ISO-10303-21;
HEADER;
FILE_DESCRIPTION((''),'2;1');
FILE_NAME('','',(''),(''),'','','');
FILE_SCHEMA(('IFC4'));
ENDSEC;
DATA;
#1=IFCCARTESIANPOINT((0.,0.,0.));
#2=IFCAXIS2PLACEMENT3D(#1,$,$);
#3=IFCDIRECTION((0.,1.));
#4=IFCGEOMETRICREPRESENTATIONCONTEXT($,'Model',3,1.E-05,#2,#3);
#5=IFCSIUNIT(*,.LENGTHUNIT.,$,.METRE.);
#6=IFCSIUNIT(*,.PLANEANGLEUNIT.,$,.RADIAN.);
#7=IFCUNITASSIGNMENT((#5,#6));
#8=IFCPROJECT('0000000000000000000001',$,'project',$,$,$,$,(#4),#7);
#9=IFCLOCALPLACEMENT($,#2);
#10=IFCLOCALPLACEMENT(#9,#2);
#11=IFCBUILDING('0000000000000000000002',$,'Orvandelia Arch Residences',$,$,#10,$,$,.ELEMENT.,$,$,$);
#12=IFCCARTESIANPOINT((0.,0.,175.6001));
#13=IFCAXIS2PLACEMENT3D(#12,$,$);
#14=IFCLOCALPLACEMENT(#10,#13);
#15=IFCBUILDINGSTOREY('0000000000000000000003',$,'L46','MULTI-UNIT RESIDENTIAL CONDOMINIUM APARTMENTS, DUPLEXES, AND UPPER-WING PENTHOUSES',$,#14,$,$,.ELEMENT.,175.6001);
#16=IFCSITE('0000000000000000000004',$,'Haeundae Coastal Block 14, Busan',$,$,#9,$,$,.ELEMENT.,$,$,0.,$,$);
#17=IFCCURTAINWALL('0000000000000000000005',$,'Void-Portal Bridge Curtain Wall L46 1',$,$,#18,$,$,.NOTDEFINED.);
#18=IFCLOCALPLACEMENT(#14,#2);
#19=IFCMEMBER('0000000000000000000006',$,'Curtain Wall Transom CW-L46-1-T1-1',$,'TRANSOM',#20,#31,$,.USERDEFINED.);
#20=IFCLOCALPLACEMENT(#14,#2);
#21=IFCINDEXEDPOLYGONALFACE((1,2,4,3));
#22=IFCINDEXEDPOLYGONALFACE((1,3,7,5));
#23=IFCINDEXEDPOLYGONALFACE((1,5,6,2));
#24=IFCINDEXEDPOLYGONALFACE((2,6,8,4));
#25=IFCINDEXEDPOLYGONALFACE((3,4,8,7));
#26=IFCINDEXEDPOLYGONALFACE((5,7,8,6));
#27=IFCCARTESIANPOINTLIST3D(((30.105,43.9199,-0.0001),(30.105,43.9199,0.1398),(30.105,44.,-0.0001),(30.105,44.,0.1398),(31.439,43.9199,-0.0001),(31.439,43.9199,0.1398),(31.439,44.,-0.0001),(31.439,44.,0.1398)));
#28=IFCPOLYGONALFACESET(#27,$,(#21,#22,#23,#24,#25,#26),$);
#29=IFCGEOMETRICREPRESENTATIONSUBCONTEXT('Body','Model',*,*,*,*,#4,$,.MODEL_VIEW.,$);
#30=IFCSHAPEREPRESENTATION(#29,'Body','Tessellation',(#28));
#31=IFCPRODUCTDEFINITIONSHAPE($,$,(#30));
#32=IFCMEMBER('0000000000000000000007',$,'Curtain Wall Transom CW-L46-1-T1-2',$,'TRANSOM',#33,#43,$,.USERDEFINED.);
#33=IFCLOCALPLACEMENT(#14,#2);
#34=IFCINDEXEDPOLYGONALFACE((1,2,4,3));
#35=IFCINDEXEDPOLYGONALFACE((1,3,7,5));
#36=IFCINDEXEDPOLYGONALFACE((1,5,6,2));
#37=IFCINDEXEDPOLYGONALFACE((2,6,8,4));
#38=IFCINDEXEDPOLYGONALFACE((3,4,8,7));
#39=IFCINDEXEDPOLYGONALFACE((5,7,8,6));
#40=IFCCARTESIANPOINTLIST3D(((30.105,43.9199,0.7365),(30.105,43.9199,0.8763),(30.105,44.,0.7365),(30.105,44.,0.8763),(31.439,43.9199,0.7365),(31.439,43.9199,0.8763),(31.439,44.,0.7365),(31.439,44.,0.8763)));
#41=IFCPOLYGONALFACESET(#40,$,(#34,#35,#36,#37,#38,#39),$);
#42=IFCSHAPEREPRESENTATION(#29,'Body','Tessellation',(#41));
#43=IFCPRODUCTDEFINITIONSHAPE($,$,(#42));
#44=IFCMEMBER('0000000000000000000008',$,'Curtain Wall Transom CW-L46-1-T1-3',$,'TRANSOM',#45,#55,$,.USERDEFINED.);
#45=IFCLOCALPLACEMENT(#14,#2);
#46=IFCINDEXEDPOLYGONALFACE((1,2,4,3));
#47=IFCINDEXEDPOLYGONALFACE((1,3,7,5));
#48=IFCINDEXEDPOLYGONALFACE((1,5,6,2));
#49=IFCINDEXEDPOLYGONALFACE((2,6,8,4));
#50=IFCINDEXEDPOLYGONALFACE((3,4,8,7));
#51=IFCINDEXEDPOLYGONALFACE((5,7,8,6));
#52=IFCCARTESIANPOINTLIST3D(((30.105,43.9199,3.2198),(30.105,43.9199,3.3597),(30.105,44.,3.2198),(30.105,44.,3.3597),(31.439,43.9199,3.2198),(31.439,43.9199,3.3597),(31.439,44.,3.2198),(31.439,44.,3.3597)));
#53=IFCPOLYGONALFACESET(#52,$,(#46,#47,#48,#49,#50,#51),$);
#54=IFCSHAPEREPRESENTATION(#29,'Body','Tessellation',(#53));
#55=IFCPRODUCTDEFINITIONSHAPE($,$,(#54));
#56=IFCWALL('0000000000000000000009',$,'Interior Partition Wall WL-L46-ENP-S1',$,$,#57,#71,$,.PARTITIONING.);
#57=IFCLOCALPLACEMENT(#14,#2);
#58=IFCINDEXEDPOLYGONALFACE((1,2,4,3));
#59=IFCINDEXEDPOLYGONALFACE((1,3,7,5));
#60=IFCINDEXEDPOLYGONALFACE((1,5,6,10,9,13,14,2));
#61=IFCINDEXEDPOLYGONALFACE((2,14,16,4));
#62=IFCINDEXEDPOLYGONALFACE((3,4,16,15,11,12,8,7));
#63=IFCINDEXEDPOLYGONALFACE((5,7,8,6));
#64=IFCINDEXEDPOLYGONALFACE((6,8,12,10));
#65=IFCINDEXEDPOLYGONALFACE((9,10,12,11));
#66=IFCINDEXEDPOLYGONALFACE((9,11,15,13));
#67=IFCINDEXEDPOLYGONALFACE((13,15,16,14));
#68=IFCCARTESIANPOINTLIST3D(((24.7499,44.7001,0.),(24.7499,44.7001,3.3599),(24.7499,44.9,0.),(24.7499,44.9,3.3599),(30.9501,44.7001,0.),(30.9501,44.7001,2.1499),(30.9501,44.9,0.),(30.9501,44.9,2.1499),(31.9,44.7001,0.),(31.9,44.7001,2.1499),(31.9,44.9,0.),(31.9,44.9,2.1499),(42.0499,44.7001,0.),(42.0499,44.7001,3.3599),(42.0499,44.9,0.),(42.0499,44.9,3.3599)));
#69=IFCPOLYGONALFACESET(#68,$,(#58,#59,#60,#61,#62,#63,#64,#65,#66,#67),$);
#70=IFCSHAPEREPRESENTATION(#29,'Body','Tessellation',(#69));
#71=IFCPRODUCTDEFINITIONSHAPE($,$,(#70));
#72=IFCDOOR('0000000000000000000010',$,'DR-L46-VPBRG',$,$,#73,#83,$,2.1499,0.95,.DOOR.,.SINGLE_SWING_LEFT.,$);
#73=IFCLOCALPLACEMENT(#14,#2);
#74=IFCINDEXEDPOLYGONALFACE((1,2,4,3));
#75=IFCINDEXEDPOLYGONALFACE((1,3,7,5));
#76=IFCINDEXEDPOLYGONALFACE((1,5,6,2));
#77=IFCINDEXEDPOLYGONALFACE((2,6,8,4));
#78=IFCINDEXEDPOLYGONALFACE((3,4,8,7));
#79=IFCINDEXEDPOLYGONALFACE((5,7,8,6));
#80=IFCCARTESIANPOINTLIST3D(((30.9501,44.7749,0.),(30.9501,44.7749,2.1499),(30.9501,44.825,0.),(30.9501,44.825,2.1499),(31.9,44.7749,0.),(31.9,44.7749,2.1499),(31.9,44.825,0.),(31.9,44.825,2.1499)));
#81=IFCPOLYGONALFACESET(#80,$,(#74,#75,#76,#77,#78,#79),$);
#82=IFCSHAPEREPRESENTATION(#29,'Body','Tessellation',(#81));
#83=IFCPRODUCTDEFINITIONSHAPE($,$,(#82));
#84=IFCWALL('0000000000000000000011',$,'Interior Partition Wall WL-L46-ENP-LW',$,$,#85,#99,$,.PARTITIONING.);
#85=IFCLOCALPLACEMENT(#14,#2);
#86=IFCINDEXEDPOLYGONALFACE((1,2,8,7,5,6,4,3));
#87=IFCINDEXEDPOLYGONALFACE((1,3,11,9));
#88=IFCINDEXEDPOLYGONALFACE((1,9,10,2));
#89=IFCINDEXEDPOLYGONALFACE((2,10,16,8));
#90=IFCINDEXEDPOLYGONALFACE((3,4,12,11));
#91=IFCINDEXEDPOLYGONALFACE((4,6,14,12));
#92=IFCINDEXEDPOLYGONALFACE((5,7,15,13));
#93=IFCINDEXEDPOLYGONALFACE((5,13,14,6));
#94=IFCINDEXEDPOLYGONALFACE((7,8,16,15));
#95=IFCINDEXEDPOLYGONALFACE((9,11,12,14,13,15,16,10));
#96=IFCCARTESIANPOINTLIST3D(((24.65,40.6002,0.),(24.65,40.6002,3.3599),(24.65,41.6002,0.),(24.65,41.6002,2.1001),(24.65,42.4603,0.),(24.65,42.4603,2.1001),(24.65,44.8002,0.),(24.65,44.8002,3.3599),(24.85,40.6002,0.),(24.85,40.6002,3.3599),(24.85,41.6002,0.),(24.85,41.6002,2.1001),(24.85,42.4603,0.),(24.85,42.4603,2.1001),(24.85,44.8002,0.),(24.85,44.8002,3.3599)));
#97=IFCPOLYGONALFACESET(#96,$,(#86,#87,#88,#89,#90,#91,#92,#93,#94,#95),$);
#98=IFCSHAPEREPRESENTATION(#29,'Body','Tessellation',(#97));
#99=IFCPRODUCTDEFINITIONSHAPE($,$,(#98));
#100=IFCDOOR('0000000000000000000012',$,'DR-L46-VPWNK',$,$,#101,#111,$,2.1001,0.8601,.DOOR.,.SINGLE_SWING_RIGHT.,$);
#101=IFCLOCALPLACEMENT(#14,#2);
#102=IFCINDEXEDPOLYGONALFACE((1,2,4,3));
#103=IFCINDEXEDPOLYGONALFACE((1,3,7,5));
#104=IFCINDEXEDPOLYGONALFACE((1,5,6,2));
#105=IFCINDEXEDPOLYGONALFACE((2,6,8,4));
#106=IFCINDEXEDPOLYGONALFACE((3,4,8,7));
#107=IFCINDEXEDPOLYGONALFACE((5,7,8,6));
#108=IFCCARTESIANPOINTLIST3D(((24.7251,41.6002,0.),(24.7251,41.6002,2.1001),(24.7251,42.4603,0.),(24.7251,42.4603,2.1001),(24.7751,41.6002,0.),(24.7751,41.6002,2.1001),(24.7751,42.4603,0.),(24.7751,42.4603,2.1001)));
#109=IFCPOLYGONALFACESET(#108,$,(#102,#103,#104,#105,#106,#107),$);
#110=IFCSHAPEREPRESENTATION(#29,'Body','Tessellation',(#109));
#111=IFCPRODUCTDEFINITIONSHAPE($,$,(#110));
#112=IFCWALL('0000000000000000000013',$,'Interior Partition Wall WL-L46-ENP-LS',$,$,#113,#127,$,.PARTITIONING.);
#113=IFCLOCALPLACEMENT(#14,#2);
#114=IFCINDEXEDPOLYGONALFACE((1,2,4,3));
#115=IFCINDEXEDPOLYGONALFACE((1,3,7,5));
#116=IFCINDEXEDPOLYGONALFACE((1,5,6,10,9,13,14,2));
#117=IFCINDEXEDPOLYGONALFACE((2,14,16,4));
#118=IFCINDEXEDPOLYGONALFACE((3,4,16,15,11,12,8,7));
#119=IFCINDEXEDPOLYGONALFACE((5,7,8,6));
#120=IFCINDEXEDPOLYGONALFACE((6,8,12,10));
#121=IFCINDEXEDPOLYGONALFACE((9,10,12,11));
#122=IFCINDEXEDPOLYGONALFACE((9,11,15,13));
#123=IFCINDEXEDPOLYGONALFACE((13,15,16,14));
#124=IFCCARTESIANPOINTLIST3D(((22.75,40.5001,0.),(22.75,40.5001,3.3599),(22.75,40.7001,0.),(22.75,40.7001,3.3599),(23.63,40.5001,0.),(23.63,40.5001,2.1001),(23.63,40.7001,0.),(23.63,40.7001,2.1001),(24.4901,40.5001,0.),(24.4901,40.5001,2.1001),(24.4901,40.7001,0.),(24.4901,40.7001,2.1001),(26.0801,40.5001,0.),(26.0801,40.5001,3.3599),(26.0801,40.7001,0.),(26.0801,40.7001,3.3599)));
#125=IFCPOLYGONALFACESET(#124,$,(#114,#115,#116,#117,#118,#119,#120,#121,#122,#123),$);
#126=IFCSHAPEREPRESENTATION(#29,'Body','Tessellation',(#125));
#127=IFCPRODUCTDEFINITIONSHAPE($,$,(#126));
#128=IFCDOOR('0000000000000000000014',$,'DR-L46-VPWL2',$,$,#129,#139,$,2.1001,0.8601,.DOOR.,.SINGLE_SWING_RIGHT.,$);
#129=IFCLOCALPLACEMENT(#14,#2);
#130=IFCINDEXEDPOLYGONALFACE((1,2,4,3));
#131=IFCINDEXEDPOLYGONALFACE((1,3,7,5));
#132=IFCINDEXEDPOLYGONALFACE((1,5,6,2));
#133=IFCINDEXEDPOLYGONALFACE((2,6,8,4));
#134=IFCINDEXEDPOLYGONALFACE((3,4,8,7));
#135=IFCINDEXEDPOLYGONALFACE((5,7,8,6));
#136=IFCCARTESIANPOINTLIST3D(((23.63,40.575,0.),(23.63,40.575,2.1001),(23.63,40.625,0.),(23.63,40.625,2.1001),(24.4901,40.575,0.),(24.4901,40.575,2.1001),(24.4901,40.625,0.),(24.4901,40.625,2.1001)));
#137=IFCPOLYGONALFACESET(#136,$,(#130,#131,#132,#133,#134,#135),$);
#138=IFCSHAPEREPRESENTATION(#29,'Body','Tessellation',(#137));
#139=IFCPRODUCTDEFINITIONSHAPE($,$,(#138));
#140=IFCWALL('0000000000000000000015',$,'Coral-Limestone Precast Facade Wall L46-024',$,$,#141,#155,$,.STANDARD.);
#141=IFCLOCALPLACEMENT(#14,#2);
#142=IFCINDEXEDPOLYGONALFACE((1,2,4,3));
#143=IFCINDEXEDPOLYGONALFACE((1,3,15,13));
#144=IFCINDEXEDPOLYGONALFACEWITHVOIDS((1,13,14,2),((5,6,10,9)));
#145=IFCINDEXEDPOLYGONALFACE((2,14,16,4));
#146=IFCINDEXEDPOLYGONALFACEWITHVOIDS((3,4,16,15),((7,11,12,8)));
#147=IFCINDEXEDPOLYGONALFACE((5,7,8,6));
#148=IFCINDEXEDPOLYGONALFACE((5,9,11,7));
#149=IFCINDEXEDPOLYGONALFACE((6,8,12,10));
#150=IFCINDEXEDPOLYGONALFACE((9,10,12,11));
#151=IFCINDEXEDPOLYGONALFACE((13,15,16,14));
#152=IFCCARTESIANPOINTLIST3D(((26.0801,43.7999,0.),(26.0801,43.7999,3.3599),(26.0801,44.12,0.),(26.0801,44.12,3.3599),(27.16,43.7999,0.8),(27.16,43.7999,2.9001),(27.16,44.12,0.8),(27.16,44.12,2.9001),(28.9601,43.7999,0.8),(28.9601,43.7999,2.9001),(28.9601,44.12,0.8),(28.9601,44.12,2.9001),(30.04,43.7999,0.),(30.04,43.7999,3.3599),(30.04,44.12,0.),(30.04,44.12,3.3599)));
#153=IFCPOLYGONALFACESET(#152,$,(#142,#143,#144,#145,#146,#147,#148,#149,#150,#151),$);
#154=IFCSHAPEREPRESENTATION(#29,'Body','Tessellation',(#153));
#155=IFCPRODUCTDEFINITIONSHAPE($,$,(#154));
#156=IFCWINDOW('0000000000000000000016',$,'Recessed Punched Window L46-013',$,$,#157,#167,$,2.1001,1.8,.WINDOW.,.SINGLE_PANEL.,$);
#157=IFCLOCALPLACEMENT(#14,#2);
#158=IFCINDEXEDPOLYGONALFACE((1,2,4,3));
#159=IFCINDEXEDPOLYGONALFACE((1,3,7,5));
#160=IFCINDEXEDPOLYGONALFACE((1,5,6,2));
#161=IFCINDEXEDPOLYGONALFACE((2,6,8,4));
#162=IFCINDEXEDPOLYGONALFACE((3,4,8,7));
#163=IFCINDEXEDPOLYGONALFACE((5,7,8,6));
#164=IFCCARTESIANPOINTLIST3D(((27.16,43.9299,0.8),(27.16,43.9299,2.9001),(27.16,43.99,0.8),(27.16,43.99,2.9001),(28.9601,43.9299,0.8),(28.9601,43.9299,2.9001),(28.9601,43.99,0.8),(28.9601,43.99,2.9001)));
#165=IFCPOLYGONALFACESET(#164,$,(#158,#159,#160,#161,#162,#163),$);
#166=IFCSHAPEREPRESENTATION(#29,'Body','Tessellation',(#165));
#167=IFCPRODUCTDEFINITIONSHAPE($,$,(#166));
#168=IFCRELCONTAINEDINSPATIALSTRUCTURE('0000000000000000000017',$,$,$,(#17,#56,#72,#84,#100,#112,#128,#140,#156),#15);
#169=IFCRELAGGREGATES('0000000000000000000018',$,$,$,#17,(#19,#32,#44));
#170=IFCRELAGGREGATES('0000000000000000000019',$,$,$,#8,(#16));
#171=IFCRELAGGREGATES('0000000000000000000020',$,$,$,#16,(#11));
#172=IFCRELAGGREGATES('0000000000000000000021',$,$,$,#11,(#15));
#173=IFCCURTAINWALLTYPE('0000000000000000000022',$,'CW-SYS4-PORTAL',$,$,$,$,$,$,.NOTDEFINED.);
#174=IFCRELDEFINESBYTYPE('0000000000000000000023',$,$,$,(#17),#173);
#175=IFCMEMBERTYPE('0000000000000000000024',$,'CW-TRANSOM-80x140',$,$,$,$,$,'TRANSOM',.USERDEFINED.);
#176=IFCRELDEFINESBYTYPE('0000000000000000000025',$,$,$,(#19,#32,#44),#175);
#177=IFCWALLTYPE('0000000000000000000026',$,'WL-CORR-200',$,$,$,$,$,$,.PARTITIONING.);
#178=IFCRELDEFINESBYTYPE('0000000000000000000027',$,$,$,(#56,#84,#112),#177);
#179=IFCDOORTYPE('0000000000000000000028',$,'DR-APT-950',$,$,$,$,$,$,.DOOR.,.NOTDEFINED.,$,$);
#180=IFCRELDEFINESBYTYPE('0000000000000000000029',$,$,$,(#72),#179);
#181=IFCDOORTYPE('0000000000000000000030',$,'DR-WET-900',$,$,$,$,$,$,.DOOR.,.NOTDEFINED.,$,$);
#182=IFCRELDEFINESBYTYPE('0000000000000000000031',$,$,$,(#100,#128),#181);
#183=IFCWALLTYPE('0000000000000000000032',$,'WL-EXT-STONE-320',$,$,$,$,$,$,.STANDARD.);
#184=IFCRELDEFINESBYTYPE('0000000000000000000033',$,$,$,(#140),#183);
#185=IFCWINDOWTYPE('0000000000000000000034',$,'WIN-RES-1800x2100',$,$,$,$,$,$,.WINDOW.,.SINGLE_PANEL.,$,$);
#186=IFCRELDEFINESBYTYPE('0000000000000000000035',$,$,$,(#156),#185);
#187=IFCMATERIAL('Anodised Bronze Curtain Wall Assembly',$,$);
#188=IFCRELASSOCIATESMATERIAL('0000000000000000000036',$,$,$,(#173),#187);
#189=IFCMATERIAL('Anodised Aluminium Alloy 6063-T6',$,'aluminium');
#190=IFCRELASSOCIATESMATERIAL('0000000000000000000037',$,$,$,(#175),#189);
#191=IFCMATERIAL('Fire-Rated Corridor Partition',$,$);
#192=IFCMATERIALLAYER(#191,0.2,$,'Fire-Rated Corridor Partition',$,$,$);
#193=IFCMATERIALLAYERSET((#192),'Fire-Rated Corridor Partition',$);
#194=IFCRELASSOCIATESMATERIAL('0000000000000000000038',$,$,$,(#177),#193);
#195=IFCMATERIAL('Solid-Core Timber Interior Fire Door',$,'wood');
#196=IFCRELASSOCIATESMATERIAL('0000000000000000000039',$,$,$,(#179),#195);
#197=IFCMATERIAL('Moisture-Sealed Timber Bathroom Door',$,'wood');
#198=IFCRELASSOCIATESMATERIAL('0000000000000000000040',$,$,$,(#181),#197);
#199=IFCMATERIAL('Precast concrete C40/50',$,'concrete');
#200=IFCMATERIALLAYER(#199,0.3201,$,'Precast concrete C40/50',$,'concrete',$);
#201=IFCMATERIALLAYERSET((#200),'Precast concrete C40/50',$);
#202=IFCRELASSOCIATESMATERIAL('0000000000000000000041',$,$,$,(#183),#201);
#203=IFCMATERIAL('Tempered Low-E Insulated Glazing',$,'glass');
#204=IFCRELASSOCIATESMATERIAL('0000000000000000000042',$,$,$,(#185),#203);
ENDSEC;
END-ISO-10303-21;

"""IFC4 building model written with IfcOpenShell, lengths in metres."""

from ifc_helpers import new_model, si_unit, direction, frame, frame_2d, origin, origin_2d, place, context, subcontext, project, spatial, rectangle, extrude, material, layer, layer_set, material_profile, profile_set, type_object, element, fill, aggregate, save


model = new_model("IFC4")

# Units and contexts
model_context = context("Model", 3, precision=1e-05, world=origin(), true_north=direction((0.0, 1.0)))
body_context = subcontext(model_context, "Body", "Model", "MODEL_VIEW")
ifc_project = project(units=[si_unit("LENGTHUNIT", "METRE"), si_unit("PLANEANGLEUNIT", "RADIAN")], contexts=[model_context])

# Site, building, storey
site_placement = place(None, origin())
site = spatial("IfcSite", under=ifc_project, at=site_placement, Name="Haeundae Coastal Block 14, Busan", CompositionType="ELEMENT", RefElevation=0.0)
building_placement = place(site_placement, origin())
building = spatial("IfcBuilding", under=site, at=building_placement, Name="Orvandelia Arch Residences", CompositionType="ELEMENT")
storey_placement = place(building_placement, frame((0.0, 0.0, 175.6001)))
storey = spatial("IfcBuildingStorey", under=building, at=storey_placement, Name="L46", Description="MULTI-UNIT RESIDENTIAL CONDOMINIUM APARTMENTS, DUPLEXES, AND UPPER-WING PENTHOUSES", CompositionType="ELEMENT", Elevation=175.6001)

# Curtain wall, members
ifc_material_1 = material(Name="Anodised Bronze Curtain Wall Assembly")
curtain_wall_type = type_object("IfcCurtainWallType", Name="CW-SYS4-PORTAL", PredefinedType="NOTDEFINED", material=ifc_material_1)
curtain_wall_placement = place(storey_placement, origin())
curtain_wall = element("IfcCurtainWall", 1, at=curtain_wall_placement, inside=storey, type_object=curtain_wall_type, Name="Void-Portal Bridge Curtain Wall L46 1", PredefinedType="NOTDEFINED")
ifc_material_2 = material(Name="Anodised Aluminium Alloy 6063-T6", Category="aluminium")
ifc_material_profile_1 = material_profile(ifc_material_2, rectangle(XDim=0.0801, YDim=0.1399, at=origin_2d()), Name="Anodised Aluminium Alloy 6063-T6", Category="aluminium")
ifc_profile_set_1 = profile_set([ifc_material_profile_1], Name="Anodised Aluminium Alloy 6063-T6")
member_type_1 = type_object("IfcMemberType", Name="CW-TRANSOM-80x140", ElementType="TRANSOM", PredefinedType="USERDEFINED", material=ifc_profile_set_1)
member_1_placement = place(storey_placement, frame((30.105, 43.96, 0.0698), z_axis=(1.0, 0.0, 0.0), x_axis=(0.0, 1.0, 0.0)))
member_1 = element("IfcMember", 2, at=member_1_placement, type_object=member_type_1, Name="Curtain Wall Transom CW-L46-1-T1-1", ObjectType="TRANSOM", PredefinedType="USERDEFINED", context=body_context, shape_type="SweptSolid", body=[
    extrude(rectangle(XDim=0.0801, YDim=0.1399, at=origin_2d()), origin(), (0.0, 0.0, 1.0), 1.334),
])
member_2_placement = place(storey_placement, frame((30.105, 43.96, 0.8064), z_axis=(1.0, 0.0, 0.0), x_axis=(0.0, 1.0, 0.0)))
member_2 = element("IfcMember", 3, at=member_2_placement, type_object=member_type_1, Name="Curtain Wall Transom CW-L46-1-T1-2", ObjectType="TRANSOM", PredefinedType="USERDEFINED", context=body_context, shape_type="SweptSolid", body=[
    extrude(rectangle(XDim=0.0801, YDim=0.1399, at=origin_2d()), origin(), (0.0, 0.0, 1.0), 1.334),
])
member_3_placement = place(storey_placement, frame((30.105, 43.96, 3.2898), z_axis=(1.0, 0.0, 0.0), x_axis=(0.0, 1.0, 0.0)))
member_3 = element("IfcMember", 4, at=member_3_placement, type_object=member_type_1, Name="Curtain Wall Transom CW-L46-1-T1-3", ObjectType="TRANSOM", PredefinedType="USERDEFINED", context=body_context, shape_type="SweptSolid", body=[
    extrude(rectangle(XDim=0.0801, YDim=0.1399, at=origin_2d()), origin(), (0.0, 0.0, 1.0), 1.334),
])
aggregate(curtain_wall, [member_1, member_2, member_3])

# Walls, openings, doors
ifc_material_3 = material(Name="Fire-Rated Corridor Partition")
ifc_layer_1 = layer(ifc_material_3, 0.2, Name="Fire-Rated Corridor Partition")
ifc_layer_set_1 = layer_set([ifc_layer_1], Name="Fire-Rated Corridor Partition")
wall_type_1 = type_object("IfcWallType", Name="WL-CORR-200", PredefinedType="PARTITIONING", material=ifc_layer_set_1)
wall_1_placement = place(storey_placement, frame((24.75, 44.8, 0.0), z_axis=(0.0, 0.0, 1.0), x_axis=(1.0, 0.0, 0.0)))
wall_1 = element("IfcWall", 5, at=wall_1_placement, inside=storey, type_object=wall_type_1, Name="Interior Partition Wall WL-L46-ENP-S1", PredefinedType="PARTITIONING", context=body_context, shape_type="SweptSolid", body=[
    extrude(rectangle(XDim=17.3, YDim=0.2, at=frame_2d((8.6499, 0.0))), origin(), (0.0, 0.0, 1.0), 3.3599),
])
opening_1_placement = place(wall_1_placement, frame((6.2, 0.0, 0.0)))
opening_1 = element("IfcOpeningElement", 6, at=opening_1_placement, cuts=wall_1, PredefinedType="OPENING", context=body_context, shape_type="SweptSolid", body=[
    extrude(rectangle(XDim=0.95, YDim=2.1499, at=frame_2d((0.4751, 1.075))), frame((0.0, 0.1099, 0.0), z_axis=(0.0, -1.0, 0.0), x_axis=(1.0, 0.0, 0.0)), (0.0, 0.0, 1.0), 0.22),
])
ifc_material_4 = material(Name="Solid-Core Timber Interior Fire Door", Category="wood")
door_type_1 = type_object("IfcDoorType", Name="DR-APT-950", OperationType="NOTDEFINED", PredefinedType="DOOR", material=ifc_material_4)
door_1_placement = place(opening_1_placement, origin())
door_1 = element("IfcDoor", 7, at=door_1_placement, inside=storey, type_object=door_type_1, Name="DR-L46-VPBRG", OperationType="SINGLE_SWING_LEFT", OverallHeight=2.1499, OverallWidth=0.95, PredefinedType="DOOR", context=body_context, shape_type="SweptSolid", body=[
    extrude(rectangle(XDim=0.95, YDim=2.1499, at=frame_2d((0.4751, 1.075))), frame((0.0, 0.0249, 0.0), z_axis=(0.0, -1.0, 0.0), x_axis=(1.0, 0.0, 0.0)), (0.0, 0.0, 1.0), 0.05),
])
fill(opening_1, door_1)
wall_2_placement = place(storey_placement, frame((24.75, 40.6001, 0.0), z_axis=(0.0, 0.0, 1.0), x_axis=(0.0, 1.0, 0.0)))
wall_2 = element("IfcWall", 8, at=wall_2_placement, inside=storey, type_object=wall_type_1, Name="Interior Partition Wall WL-L46-ENP-LW", PredefinedType="PARTITIONING", context=body_context, shape_type="SweptSolid", body=[
    extrude(rectangle(XDim=4.2, YDim=0.2, at=frame_2d((2.1001, 0.0))), origin(), (0.0, 0.0, 1.0), 3.3599),
])
opening_2_placement = place(wall_2_placement, frame((1.0, 0.0, 0.0)))
opening_2 = element("IfcOpeningElement", 9, at=opening_2_placement, cuts=wall_2, PredefinedType="OPENING", context=body_context, shape_type="SweptSolid", body=[
    extrude(rectangle(XDim=0.8601, YDim=2.1001, at=frame_2d((0.4302, 1.05))), frame((0.0, 0.1099, 0.0), z_axis=(0.0, -1.0, 0.0), x_axis=(1.0, 0.0, 0.0)), (0.0, 0.0, 1.0), 0.22),
])
ifc_material_5 = material(Name="Moisture-Sealed Timber Bathroom Door", Category="wood")
door_type_2 = type_object("IfcDoorType", Name="DR-WET-900", OperationType="NOTDEFINED", PredefinedType="DOOR", material=ifc_material_5)
door_2_placement = place(opening_2_placement, origin())
door_2 = element("IfcDoor", 10, at=door_2_placement, inside=storey, type_object=door_type_2, Name="DR-L46-VPWNK", OperationType="SINGLE_SWING_RIGHT", OverallHeight=2.1001, OverallWidth=0.8601, PredefinedType="DOOR", context=body_context, shape_type="SweptSolid", body=[
    extrude(rectangle(XDim=0.8601, YDim=2.1001, at=frame_2d((0.4302, 1.05))), frame((0.0, 0.0249, 0.0), z_axis=(0.0, -1.0, 0.0), x_axis=(1.0, 0.0, 0.0)), (0.0, 0.0, 1.0), 0.05),
])
fill(opening_2, door_2)
wall_3_placement = place(storey_placement, frame((22.75, 40.6001, 0.0), z_axis=(0.0, 0.0, 1.0), x_axis=(1.0, 0.0, 0.0)))
wall_3 = element("IfcWall", 11, at=wall_3_placement, inside=storey, type_object=wall_type_1, Name="Interior Partition Wall WL-L46-ENP-LS", PredefinedType="PARTITIONING", context=body_context, shape_type="SweptSolid", body=[
    extrude(rectangle(XDim=3.3301, YDim=0.2, at=frame_2d((1.665, 0.0))), origin(), (0.0, 0.0, 1.0), 3.3599),
])
opening_3_placement = place(wall_3_placement, frame((0.8799, 0.0, 0.0)))
opening_3 = element("IfcOpeningElement", 12, at=opening_3_placement, cuts=wall_3, PredefinedType="OPENING", context=body_context, shape_type="SweptSolid", body=[
    extrude(rectangle(XDim=0.8601, YDim=2.1001, at=frame_2d((0.4302, 1.05))), frame((0.0, 0.1099, 0.0), z_axis=(0.0, -1.0, 0.0), x_axis=(1.0, 0.0, 0.0)), (0.0, 0.0, 1.0), 0.22),
])
door_3_placement = place(opening_3_placement, origin())
door_3 = element("IfcDoor", 13, at=door_3_placement, inside=storey, type_object=door_type_2, Name="DR-L46-VPWL2", OperationType="SINGLE_SWING_RIGHT", OverallHeight=2.1001, OverallWidth=0.8601, PredefinedType="DOOR", context=body_context, shape_type="SweptSolid", body=[
    extrude(rectangle(XDim=0.8601, YDim=2.1001, at=frame_2d((0.4302, 1.05))), frame((0.0, 0.0249, 0.0), z_axis=(0.0, -1.0, 0.0), x_axis=(1.0, 0.0, 0.0)), (0.0, 0.0, 1.0), 0.05),
])
fill(opening_3, door_3)

# Wall, opening, window
ifc_material_6 = material(Name="Precast concrete C40/50", Category="concrete")
ifc_layer_2 = layer(ifc_material_6, 0.3201, Name="Precast concrete C40/50", Category="concrete")
ifc_layer_set_2 = layer_set([ifc_layer_2], Name="Precast concrete C40/50")
wall_type_2 = type_object("IfcWallType", Name="WL-EXT-STONE-320", PredefinedType="STANDARD", material=ifc_layer_set_2)
wall_4_placement = place(storey_placement, frame((30.04, 43.96, 0.0), z_axis=(0.0, 0.0, 1.0), x_axis=(-1.0, 0.0, 0.0)))
wall_4 = element("IfcWall", 14, at=wall_4_placement, inside=storey, type_object=wall_type_2, Name="Coral-Limestone Precast Facade Wall L46-024", PredefinedType="STANDARD", context=body_context, shape_type="SweptSolid", body=[
    extrude(rectangle(XDim=3.96, YDim=0.3201, at=frame_2d((1.98, 0.0))), origin(), (0.0, 0.0, 1.0), 3.3599),
])
opening_4_placement = place(wall_4_placement, frame((1.0801, 0.0, 0.8)))
opening_4 = element("IfcOpeningElement", 15, at=opening_4_placement, cuts=wall_4, PredefinedType="OPENING", context=body_context, shape_type="SweptSolid", body=[
    extrude(rectangle(XDim=1.8, YDim=2.1001, at=frame_2d((0.8999, 1.05))), frame((0.0, 0.1699, 0.0), z_axis=(0.0, -1.0, 0.0), x_axis=(1.0, 0.0, 0.0)), (0.0, 0.0, 1.0), 0.3401),
])
ifc_material_7 = material(Name="Tempered Low-E Insulated Glazing", Category="glass")
window_type = type_object("IfcWindowType", Name="WIN-RES-1800x2100", PartitioningType="SINGLE_PANEL", PredefinedType="WINDOW", material=ifc_material_7)
window_1_placement = place(opening_4_placement, origin())
window_1 = element("IfcWindow", 16, at=window_1_placement, inside=storey, type_object=window_type, Name="Recessed Punched Window L46-013", OverallHeight=2.1001, OverallWidth=1.8, PartitioningType="SINGLE_PANEL", PredefinedType="WINDOW", context=body_context, shape_type="SweptSolid", body=[
    extrude(rectangle(XDim=1.8, YDim=2.1001, at=frame_2d((0.8999, 1.05))), frame((0.0, 0.03, 0.0), z_axis=(0.0, -1.0, 0.0), x_axis=(1.0, 0.0, 0.0)), (0.0, 0.0, 1.0), 0.0601),
])
fill(opening_4, window_1)

save(model, "model.ifc")
